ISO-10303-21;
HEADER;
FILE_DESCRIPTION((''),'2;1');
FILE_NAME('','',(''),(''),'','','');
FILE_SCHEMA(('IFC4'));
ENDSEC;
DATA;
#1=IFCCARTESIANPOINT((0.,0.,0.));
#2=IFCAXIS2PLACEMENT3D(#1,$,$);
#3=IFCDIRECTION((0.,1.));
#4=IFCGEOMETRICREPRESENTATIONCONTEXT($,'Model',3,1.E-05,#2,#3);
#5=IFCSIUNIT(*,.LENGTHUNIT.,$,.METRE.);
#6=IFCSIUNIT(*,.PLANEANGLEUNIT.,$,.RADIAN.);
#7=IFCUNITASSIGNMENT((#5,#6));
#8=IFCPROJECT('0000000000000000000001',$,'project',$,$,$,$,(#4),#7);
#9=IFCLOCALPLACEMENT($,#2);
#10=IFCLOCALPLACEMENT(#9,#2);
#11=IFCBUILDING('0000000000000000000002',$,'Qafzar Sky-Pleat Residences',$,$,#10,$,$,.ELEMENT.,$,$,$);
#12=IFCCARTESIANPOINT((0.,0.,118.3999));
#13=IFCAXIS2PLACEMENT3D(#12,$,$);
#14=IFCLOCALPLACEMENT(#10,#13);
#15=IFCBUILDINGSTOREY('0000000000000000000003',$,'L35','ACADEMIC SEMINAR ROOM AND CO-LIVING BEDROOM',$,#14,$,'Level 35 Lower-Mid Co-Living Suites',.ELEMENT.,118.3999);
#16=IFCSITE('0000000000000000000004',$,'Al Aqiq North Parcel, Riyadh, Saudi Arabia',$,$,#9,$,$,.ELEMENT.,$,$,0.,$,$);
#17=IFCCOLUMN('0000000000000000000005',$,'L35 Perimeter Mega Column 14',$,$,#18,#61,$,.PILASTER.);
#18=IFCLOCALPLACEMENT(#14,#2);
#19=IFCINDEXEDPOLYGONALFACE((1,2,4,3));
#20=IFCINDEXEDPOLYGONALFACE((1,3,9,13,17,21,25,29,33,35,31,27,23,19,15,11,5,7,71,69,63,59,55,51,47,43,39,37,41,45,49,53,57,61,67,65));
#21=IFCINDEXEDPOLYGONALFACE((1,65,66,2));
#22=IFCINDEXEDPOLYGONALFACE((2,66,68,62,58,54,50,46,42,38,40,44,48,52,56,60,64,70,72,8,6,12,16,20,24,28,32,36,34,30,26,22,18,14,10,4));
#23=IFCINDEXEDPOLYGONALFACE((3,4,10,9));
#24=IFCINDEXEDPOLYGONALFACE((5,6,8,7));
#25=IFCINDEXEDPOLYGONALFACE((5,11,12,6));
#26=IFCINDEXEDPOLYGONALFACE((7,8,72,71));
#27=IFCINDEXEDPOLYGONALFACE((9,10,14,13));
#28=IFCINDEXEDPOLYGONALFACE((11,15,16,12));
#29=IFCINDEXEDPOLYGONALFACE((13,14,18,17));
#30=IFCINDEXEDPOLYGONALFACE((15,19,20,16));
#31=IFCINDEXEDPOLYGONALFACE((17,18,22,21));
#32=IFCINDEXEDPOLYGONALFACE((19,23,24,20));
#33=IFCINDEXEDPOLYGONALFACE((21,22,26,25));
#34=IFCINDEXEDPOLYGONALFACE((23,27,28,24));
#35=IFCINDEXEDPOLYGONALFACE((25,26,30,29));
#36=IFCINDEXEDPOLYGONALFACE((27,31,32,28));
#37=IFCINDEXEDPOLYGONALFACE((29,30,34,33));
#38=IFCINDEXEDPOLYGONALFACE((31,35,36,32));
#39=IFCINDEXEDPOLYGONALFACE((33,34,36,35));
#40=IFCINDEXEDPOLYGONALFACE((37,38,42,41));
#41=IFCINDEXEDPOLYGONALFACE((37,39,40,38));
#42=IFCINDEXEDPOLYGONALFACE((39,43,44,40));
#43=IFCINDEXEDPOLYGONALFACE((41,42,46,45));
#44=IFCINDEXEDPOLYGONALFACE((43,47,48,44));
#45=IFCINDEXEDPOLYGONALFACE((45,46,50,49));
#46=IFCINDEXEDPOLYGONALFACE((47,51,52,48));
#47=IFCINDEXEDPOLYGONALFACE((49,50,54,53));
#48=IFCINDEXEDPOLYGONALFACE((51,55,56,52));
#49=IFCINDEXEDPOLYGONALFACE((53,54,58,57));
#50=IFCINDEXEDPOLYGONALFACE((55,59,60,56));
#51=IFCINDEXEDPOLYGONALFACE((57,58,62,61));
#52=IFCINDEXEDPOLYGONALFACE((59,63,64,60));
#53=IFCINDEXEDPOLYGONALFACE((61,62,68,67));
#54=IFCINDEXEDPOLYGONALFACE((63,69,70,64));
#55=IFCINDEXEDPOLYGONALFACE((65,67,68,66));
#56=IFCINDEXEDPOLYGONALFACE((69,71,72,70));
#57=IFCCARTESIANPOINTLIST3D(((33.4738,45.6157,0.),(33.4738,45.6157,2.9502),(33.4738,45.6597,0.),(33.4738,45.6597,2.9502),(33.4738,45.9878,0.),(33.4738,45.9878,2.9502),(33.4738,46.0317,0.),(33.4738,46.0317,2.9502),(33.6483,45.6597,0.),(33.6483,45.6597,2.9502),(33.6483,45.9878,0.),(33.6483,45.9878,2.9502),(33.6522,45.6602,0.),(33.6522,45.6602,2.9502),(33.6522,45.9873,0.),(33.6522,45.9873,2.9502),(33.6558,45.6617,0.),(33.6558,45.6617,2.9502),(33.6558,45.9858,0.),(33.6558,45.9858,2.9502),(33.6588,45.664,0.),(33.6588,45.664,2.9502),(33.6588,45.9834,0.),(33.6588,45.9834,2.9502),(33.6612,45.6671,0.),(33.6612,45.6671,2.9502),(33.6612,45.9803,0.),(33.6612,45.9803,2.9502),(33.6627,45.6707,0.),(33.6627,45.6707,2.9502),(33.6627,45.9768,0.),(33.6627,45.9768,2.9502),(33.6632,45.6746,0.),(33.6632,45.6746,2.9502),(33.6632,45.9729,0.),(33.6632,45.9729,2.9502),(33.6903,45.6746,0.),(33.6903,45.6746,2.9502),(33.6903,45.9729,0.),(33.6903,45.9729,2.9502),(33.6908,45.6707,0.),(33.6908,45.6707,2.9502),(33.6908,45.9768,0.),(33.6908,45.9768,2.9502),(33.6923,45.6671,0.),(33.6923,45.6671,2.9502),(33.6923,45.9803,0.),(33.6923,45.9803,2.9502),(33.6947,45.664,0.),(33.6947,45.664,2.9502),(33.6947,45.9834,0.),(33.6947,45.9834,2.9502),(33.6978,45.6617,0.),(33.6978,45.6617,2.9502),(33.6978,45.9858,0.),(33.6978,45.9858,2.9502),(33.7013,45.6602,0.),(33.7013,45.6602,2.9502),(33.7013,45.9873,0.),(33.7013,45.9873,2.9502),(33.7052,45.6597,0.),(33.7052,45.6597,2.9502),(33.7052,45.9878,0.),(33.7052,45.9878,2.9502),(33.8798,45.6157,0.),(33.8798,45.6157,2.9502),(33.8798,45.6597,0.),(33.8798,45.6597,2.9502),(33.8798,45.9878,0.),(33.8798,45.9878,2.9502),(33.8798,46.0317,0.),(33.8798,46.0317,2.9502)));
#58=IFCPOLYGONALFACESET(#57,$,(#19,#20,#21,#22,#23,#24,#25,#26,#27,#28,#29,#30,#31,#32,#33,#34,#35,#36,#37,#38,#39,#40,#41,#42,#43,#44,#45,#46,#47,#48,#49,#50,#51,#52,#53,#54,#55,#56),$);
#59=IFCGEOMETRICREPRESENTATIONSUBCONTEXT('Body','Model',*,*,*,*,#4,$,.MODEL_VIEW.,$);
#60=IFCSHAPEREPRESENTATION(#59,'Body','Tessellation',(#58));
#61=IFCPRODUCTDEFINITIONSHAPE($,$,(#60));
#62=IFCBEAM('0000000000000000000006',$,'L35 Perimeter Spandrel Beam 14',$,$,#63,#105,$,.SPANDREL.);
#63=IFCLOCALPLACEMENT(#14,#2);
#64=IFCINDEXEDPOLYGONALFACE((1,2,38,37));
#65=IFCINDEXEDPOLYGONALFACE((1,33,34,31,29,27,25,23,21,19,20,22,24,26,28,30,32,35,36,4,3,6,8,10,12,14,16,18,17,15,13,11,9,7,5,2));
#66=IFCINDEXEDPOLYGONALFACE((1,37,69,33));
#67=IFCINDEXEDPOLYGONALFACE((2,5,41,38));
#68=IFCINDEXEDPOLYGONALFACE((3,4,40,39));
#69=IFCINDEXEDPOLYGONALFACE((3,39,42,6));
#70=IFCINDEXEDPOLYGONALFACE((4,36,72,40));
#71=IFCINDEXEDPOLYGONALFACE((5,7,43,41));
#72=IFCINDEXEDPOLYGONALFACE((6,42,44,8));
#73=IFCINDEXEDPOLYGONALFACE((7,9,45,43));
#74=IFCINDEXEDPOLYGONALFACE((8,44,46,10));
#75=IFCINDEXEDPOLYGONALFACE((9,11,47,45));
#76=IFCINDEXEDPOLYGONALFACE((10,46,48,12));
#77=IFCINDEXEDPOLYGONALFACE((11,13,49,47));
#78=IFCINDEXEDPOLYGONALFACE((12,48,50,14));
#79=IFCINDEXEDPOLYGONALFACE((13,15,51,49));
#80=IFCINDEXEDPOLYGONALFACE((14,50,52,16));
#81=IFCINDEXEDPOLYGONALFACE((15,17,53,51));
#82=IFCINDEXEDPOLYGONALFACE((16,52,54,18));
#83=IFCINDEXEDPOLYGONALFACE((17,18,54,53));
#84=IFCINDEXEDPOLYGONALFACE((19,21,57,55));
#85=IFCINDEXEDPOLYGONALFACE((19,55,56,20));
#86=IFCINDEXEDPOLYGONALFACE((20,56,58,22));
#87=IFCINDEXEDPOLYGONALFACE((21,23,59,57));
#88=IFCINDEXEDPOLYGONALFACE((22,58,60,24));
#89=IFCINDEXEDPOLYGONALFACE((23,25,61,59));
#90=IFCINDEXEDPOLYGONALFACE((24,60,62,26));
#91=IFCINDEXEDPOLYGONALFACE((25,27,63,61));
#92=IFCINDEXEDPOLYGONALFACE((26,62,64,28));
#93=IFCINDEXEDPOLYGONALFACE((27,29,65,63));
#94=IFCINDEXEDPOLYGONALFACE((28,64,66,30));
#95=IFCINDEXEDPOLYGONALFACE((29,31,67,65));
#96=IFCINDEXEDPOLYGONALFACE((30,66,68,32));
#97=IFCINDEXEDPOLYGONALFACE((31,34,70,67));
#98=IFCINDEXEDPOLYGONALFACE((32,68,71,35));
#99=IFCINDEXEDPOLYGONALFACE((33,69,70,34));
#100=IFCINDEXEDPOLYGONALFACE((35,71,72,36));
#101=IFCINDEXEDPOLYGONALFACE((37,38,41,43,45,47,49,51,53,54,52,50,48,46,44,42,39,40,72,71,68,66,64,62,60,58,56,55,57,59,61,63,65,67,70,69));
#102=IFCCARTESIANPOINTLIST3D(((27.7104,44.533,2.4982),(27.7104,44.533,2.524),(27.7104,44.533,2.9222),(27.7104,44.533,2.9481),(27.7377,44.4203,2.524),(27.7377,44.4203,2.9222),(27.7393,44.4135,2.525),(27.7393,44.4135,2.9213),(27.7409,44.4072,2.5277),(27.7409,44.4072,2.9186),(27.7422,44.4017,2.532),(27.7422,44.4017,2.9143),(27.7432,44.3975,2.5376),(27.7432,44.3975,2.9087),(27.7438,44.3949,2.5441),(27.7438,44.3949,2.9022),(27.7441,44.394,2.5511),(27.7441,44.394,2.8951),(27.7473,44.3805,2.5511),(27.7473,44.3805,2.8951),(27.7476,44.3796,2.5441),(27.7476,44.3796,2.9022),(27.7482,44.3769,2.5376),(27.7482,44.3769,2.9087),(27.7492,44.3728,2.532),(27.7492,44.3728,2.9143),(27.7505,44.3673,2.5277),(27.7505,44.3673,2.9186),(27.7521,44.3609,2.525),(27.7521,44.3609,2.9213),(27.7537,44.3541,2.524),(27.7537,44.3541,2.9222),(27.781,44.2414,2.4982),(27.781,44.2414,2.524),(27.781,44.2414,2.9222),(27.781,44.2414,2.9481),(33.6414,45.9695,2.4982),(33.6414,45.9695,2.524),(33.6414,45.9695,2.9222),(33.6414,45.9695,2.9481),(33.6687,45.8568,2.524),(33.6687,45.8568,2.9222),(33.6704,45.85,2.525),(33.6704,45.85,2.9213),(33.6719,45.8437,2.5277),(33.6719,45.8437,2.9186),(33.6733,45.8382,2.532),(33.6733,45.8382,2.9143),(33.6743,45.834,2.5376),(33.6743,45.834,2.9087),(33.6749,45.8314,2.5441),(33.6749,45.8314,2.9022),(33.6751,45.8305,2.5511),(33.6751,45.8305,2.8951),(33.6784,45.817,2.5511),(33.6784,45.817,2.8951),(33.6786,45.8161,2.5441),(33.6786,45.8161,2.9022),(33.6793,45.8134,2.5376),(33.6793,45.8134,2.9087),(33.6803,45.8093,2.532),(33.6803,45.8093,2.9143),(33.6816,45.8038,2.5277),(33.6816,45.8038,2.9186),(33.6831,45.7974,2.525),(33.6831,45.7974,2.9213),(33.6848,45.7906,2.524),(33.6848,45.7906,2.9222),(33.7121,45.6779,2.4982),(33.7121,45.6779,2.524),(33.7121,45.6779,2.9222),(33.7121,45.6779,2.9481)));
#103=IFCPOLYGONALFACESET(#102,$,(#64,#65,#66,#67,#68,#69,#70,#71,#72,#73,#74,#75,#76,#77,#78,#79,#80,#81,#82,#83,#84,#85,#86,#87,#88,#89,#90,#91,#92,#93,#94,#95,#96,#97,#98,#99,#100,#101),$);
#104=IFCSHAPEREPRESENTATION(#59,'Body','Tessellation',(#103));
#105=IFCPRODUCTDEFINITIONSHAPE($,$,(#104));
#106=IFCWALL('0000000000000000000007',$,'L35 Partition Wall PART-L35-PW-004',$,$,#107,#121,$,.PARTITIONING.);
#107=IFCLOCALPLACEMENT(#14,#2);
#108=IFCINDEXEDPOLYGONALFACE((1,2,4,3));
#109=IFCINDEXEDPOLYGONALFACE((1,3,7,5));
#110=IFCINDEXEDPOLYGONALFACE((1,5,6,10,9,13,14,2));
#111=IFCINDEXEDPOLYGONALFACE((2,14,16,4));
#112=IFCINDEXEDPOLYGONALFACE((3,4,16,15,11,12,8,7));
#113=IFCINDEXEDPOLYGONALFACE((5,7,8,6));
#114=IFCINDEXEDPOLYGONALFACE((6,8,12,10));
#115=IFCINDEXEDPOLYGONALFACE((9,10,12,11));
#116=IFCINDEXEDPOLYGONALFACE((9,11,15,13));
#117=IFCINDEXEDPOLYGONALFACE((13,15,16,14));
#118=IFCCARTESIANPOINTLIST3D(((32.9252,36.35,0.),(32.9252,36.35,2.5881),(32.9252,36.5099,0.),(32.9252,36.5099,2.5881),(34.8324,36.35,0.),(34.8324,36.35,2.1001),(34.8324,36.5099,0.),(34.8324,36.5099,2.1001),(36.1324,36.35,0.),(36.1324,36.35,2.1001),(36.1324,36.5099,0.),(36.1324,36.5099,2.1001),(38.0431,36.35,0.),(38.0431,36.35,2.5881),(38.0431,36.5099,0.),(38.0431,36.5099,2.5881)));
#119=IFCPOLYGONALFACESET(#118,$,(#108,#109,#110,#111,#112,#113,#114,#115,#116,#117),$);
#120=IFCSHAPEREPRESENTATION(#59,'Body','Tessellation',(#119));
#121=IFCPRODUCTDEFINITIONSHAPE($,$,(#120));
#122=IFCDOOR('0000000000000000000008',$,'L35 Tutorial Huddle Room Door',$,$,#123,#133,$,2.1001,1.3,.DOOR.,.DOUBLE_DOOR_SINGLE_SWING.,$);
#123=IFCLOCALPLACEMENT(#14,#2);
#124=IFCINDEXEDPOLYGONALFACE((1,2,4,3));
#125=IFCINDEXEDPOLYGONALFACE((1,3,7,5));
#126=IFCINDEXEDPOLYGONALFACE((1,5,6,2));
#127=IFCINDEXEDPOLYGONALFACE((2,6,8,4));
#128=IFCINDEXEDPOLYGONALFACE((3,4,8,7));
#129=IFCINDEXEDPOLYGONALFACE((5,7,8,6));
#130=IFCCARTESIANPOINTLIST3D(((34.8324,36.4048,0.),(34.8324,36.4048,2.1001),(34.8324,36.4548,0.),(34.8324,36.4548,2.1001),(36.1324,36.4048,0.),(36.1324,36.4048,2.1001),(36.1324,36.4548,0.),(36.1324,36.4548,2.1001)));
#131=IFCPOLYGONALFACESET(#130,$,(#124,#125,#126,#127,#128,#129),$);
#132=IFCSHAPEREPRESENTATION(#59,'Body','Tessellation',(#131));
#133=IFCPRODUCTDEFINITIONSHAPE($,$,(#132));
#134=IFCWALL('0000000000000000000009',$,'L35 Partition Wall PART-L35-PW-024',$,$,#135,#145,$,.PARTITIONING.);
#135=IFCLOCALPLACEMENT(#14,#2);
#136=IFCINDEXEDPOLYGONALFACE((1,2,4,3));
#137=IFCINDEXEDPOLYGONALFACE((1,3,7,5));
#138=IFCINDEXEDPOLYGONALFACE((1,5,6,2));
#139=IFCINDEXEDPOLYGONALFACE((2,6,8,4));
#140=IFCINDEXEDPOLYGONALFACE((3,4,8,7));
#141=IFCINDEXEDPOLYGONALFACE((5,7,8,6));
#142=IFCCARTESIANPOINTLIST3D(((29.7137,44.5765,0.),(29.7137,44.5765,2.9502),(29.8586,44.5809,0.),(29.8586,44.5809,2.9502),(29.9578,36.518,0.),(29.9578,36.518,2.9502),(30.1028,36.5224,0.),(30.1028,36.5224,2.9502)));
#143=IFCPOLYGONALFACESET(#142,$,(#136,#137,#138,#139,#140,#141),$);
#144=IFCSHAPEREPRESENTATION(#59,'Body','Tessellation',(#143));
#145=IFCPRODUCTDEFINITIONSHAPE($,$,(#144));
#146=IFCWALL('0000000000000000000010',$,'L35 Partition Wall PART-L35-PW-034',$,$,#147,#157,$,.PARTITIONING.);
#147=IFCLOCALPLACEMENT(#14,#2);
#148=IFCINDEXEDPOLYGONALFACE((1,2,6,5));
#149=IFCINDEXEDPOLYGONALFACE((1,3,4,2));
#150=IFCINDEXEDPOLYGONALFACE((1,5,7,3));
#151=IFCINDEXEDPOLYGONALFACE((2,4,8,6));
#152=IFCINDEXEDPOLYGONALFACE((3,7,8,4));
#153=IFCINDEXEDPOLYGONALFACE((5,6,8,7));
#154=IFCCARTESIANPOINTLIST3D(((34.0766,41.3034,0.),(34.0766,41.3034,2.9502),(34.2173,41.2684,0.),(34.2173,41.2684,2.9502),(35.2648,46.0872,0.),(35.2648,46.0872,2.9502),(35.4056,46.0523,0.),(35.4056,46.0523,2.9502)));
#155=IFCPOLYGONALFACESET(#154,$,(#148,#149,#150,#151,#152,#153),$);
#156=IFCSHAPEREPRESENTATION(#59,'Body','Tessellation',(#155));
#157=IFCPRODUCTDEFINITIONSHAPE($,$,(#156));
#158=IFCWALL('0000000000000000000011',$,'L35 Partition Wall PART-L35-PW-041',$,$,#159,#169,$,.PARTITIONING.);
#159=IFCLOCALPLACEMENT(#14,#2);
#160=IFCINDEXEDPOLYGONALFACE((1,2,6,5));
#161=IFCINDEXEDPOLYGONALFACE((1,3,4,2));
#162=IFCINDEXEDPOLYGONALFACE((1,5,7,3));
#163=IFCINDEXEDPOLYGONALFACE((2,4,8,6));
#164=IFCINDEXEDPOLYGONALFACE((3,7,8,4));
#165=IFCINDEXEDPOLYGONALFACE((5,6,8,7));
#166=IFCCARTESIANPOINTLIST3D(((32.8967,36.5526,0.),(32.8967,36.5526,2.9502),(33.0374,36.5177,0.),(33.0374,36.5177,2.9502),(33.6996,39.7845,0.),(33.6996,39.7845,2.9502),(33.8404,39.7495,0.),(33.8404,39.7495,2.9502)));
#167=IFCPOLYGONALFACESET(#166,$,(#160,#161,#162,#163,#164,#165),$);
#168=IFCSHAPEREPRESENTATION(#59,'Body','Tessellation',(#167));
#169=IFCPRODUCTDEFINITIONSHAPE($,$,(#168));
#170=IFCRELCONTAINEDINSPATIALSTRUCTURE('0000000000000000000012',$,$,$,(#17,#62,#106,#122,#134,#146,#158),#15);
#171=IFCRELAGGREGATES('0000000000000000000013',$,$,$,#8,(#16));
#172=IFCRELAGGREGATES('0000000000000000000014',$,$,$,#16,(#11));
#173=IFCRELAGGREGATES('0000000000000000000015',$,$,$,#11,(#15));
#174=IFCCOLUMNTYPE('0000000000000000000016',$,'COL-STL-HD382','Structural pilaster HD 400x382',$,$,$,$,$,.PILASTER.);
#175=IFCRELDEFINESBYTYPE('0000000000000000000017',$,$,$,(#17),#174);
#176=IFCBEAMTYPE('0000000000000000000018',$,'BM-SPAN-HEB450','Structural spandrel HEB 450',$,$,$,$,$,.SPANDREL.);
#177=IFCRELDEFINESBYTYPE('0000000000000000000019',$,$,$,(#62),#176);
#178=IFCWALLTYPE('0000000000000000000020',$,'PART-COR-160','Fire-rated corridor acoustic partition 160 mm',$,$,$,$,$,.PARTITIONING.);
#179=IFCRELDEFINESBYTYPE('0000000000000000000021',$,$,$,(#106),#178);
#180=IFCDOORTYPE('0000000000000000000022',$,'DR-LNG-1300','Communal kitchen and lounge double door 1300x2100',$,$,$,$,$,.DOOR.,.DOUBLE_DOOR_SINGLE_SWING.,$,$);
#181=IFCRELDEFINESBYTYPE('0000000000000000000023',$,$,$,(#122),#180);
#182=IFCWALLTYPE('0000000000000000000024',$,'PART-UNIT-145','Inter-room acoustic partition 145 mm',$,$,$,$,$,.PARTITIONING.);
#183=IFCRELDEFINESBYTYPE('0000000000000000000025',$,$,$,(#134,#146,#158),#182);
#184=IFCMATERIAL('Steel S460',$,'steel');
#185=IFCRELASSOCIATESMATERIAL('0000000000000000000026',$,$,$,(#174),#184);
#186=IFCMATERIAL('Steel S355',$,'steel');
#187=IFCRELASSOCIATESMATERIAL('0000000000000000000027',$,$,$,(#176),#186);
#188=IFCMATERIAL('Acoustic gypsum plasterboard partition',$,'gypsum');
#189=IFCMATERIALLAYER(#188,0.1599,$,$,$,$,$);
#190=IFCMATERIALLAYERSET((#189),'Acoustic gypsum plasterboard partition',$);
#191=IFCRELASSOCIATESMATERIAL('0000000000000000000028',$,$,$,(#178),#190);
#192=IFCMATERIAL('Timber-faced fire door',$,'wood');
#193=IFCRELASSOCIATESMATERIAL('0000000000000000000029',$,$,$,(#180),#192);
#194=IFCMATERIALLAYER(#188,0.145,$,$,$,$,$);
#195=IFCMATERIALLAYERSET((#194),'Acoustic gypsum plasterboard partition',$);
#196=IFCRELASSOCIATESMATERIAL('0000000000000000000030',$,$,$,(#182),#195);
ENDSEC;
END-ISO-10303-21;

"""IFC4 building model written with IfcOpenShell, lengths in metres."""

from ifc_helpers import new_model, si_unit, direction, frame, frame_2d, origin, origin_2d, place, context, subcontext, project, spatial, rectangle, i_section, extrude, source, transform, mapped, material, layer, layer_set, material_profile, profile_set, type_object, element, fill, save


model = new_model("IFC4")

# Units and contexts
model_context = context("Model", 3, precision=1e-05, world=origin(), true_north=direction((0.0, 1.0)))
body_context = subcontext(model_context, "Body", "Model", "MODEL_VIEW")
ifc_project = project(units=[si_unit("LENGTHUNIT", "METRE"), si_unit("PLANEANGLEUNIT", "RADIAN")], contexts=[model_context])

# Site, building, storey
site_placement = place(None, origin())
site = spatial("IfcSite", under=ifc_project, at=site_placement, Name="Al Aqiq North Parcel, Riyadh, Saudi Arabia", CompositionType="ELEMENT", RefElevation=0.0)
building_placement = place(site_placement, origin())
building = spatial("IfcBuilding", under=site, at=building_placement, Name="Qafzar Sky-Pleat Residences", CompositionType="ELEMENT")
storey_placement = place(building_placement, frame((0.0, 0.0, 118.3999)))
storey = spatial("IfcBuildingStorey", under=building, at=storey_placement, Name="L35", Description="ACADEMIC SEMINAR ROOM AND CO-LIVING BEDROOM", LongName="Level 35 Lower-Mid Co-Living Suites", CompositionType="ELEMENT", Elevation=118.3999)

# Column
ifc_material_1 = material(Name="Steel S460", Category="steel")
ifc_material_profile_1 = material_profile(ifc_material_1, i_section(OverallWidth=0.406, OverallDepth=0.416, WebThickness=0.0271, FlangeThickness=0.0439, FilletRadius=0.0149, at=origin_2d()), Name="HD 400x382")
ifc_profile_set_1 = profile_set([ifc_material_profile_1], Name="Steel S460")
column_type = type_object("IfcColumnType", Name="COL-STL-HD382", Description="Structural pilaster HD 400x382", PredefinedType="PILASTER", material=ifc_profile_set_1)
shared_shape_1 = source(origin(), body_context, "Body", "SweptSolid", [
    extrude(i_section(OverallWidth=0.406, OverallDepth=0.416, WebThickness=0.0271, FlangeThickness=0.0439, FilletRadius=0.0149, at=origin_2d()), origin(), (0.0, 0.0, 1.0), 2.9502),
])
column_placement = place(storey_placement, frame((33.6768, 45.8237, 0.0), z_axis=(0.0, 0.0, 1.0), x_axis=(1.0, 0.0, 0.0)))
element("IfcColumn", 1, at=column_placement, inside=storey, type_object=column_type, Name="L35 Perimeter Mega Column 14", PredefinedType="PILASTER", context=body_context, shape_type="MappedRepresentation", body=[
    mapped(shared_shape_1, transform((0.0, 0.0, 0.0), x_axis=(1.0, 0.0, 0.0), y_axis=(0.0, 1.0, 0.0), z_axis=(0.0, 0.0, 1.0), scale=1.0)),
])

# Beam
ifc_material_2 = material(Name="Steel S355", Category="steel")
ifc_material_profile_2 = material_profile(ifc_material_2, i_section(OverallWidth=0.3, OverallDepth=0.45, WebThickness=0.0139, FlangeThickness=0.0259, FilletRadius=0.0271, at=origin_2d()), Name="HEB 450")
ifc_profile_set_2 = profile_set([ifc_material_profile_2], Name="Steel S355")
beam_type = type_object("IfcBeamType", Name="BM-SPAN-HEB450", Description="Structural spandrel HEB 450", PredefinedType="SPANDREL", material=ifc_profile_set_2)
shared_shape_2 = source(origin(), body_context, "Body", "SweptSolid", [
    extrude(i_section(OverallWidth=0.3, OverallDepth=0.45, WebThickness=0.0139, FlangeThickness=0.0259, FilletRadius=0.0271, at=origin_2d()), origin(), (0.0, 0.0, 1.0), 6.1025),
])
beam_placement = place(storey_placement, frame((33.6768, 45.8237, 2.7231), z_axis=(-0.9719, -0.235394, 0.0), x_axis=(0.235394, -0.9719, 0.0)))
element("IfcBeam", 2, at=beam_placement, inside=storey, type_object=beam_type, Name="L35 Perimeter Spandrel Beam 14", PredefinedType="SPANDREL", context=body_context, shape_type="MappedRepresentation", body=[
    mapped(shared_shape_2, transform((0.0, 0.0, 0.0), x_axis=(1.0, 0.0, 0.0), y_axis=(0.0, 1.0, 0.0), z_axis=(0.0, 0.0, 1.0), scale=1.0)),
])

# Wall, opening, door
ifc_material_3 = material(Name="Acoustic gypsum plasterboard partition", Category="gypsum")
ifc_layer_1 = layer(ifc_material_3, 0.1599)
ifc_layer_set_1 = layer_set([ifc_layer_1], Name="Acoustic gypsum plasterboard partition")
wall_type_1 = type_object("IfcWallType", Name="PART-COR-160", Description="Fire-rated corridor acoustic partition 160 mm", PredefinedType="PARTITIONING", material=ifc_layer_set_1)
wall_1_placement = place(storey_placement, frame((32.925, 36.4299, 0.0), z_axis=(0.0, 0.0, 1.0), x_axis=(1.0, 0.0, 0.0)))
wall_1 = element("IfcWall", 3, at=wall_1_placement, inside=storey, type_object=wall_type_1, Name="L35 Partition Wall PART-L35-PW-004", PredefinedType="PARTITIONING", context=body_context, shape_type="SweptSolid", body=[
    extrude(rectangle(XDim=5.1179, YDim=0.1599, at=frame_2d((2.5591, 0.0))), origin(), (0.0, 0.0, 1.0), 2.5881),
])
opening_1_placement = place(wall_1_placement, frame((1.9075, 0.0, 0.0)))
opening_1 = element("IfcOpeningElement", 4, at=opening_1_placement, cuts=wall_1, PredefinedType="OPENING", context=body_context, shape_type="SweptSolid", body=[
    extrude(rectangle(XDim=1.3, YDim=2.1001, at=frame_2d((0.6499, 1.05))), frame((0.0, 0.0898, 0.0), z_axis=(0.0, -1.0, 0.0), x_axis=(1.0, 0.0, 0.0)), (0.0, 0.0, 1.0), 0.1799),
])
ifc_material_4 = material(Name="Timber-faced fire door", Category="wood")
door_type_1 = type_object("IfcDoorType", Name="DR-LNG-1300", Description="Communal kitchen and lounge double door 1300x2100", OperationType="DOUBLE_DOOR_SINGLE_SWING", PredefinedType="DOOR", material=ifc_material_4)
shared_shape_3 = source(origin(), body_context, "Body", "SweptSolid", [
    extrude(rectangle(XDim=1.3, YDim=2.1001, at=frame_2d((0.6499, 1.05))), frame((0.0, 0.0249, 0.0), z_axis=(0.0, -1.0, 0.0), x_axis=(1.0, 0.0, 0.0)), (0.0, 0.0, 1.0), 0.05),
])
door_1_placement = place(opening_1_placement, origin())
door_1 = element("IfcDoor", 5, at=door_1_placement, inside=storey, type_object=door_type_1, Name="L35 Tutorial Huddle Room Door", OperationType="DOUBLE_DOOR_SINGLE_SWING", OverallHeight=2.1001, OverallWidth=1.3, PredefinedType="DOOR", context=body_context, shape_type="MappedRepresentation", body=[
    mapped(shared_shape_3, transform((0.0, 0.0, 0.0), x_axis=(1.0, 0.0, 0.0), y_axis=(0.0, 1.0, 0.0), z_axis=(0.0, 0.0, 1.0), scale=1.0)),
])
fill(opening_1, door_1)

# Walls
ifc_layer_2 = layer(ifc_material_3, 0.145)
ifc_layer_set_2 = layer_set([ifc_layer_2], Name="Acoustic gypsum plasterboard partition")
wall_type_2 = type_object("IfcWallType", Name="PART-UNIT-145", Description="Inter-room acoustic partition 145 mm", PredefinedType="PARTITIONING", material=ifc_layer_set_2)
wall_2_placement = place(storey_placement, frame((29.7861, 44.5789, 0.0), z_axis=(0.0, 0.0, 1.0), x_axis=(0.030282, -0.999541, 0.0)))
element("IfcWall", 6, at=wall_2_placement, inside=storey, type_object=wall_type_2, Name="L35 Partition Wall PART-L35-PW-024", PredefinedType="PARTITIONING", context=body_context, shape_type="SweptSolid", body=[
    extrude(rectangle(XDim=8.0623, YDim=0.145, at=frame_2d((4.0312, 0.0))), origin(), (0.0, 0.0, 1.0), 2.9502),
])
wall_3_placement = place(storey_placement, frame((34.147, 41.2859, 0.0), z_axis=(0.0, 0.0, 1.0), x_axis=(0.241055, 0.970511, 0.0)))
element("IfcWall", 7, at=wall_3_placement, inside=storey, type_object=wall_type_2, Name="L35 Partition Wall PART-L35-PW-034", PredefinedType="PARTITIONING", context=body_context, shape_type="SweptSolid", body=[
    extrude(rectangle(XDim=4.9292, YDim=0.145, at=frame_2d((2.4646, 0.0))), origin(), (0.0, 0.0, 1.0), 2.9502),
])
wall_4_placement = place(storey_placement, frame((32.967, 36.5352, 0.0), z_axis=(0.0, 0.0, 1.0), x_axis=(0.241121, 0.970495, 0.0)))
element("IfcWall", 8, at=wall_4_placement, inside=storey, type_object=wall_type_2, Name="L35 Partition Wall PART-L35-PW-041", PredefinedType="PARTITIONING", context=body_context, shape_type="SweptSolid", body=[
    extrude(rectangle(XDim=3.3301, YDim=0.145, at=frame_2d((1.665, 0.0))), origin(), (0.0, 0.0, 1.0), 2.9502),
])

save(model, "model.ifc")
